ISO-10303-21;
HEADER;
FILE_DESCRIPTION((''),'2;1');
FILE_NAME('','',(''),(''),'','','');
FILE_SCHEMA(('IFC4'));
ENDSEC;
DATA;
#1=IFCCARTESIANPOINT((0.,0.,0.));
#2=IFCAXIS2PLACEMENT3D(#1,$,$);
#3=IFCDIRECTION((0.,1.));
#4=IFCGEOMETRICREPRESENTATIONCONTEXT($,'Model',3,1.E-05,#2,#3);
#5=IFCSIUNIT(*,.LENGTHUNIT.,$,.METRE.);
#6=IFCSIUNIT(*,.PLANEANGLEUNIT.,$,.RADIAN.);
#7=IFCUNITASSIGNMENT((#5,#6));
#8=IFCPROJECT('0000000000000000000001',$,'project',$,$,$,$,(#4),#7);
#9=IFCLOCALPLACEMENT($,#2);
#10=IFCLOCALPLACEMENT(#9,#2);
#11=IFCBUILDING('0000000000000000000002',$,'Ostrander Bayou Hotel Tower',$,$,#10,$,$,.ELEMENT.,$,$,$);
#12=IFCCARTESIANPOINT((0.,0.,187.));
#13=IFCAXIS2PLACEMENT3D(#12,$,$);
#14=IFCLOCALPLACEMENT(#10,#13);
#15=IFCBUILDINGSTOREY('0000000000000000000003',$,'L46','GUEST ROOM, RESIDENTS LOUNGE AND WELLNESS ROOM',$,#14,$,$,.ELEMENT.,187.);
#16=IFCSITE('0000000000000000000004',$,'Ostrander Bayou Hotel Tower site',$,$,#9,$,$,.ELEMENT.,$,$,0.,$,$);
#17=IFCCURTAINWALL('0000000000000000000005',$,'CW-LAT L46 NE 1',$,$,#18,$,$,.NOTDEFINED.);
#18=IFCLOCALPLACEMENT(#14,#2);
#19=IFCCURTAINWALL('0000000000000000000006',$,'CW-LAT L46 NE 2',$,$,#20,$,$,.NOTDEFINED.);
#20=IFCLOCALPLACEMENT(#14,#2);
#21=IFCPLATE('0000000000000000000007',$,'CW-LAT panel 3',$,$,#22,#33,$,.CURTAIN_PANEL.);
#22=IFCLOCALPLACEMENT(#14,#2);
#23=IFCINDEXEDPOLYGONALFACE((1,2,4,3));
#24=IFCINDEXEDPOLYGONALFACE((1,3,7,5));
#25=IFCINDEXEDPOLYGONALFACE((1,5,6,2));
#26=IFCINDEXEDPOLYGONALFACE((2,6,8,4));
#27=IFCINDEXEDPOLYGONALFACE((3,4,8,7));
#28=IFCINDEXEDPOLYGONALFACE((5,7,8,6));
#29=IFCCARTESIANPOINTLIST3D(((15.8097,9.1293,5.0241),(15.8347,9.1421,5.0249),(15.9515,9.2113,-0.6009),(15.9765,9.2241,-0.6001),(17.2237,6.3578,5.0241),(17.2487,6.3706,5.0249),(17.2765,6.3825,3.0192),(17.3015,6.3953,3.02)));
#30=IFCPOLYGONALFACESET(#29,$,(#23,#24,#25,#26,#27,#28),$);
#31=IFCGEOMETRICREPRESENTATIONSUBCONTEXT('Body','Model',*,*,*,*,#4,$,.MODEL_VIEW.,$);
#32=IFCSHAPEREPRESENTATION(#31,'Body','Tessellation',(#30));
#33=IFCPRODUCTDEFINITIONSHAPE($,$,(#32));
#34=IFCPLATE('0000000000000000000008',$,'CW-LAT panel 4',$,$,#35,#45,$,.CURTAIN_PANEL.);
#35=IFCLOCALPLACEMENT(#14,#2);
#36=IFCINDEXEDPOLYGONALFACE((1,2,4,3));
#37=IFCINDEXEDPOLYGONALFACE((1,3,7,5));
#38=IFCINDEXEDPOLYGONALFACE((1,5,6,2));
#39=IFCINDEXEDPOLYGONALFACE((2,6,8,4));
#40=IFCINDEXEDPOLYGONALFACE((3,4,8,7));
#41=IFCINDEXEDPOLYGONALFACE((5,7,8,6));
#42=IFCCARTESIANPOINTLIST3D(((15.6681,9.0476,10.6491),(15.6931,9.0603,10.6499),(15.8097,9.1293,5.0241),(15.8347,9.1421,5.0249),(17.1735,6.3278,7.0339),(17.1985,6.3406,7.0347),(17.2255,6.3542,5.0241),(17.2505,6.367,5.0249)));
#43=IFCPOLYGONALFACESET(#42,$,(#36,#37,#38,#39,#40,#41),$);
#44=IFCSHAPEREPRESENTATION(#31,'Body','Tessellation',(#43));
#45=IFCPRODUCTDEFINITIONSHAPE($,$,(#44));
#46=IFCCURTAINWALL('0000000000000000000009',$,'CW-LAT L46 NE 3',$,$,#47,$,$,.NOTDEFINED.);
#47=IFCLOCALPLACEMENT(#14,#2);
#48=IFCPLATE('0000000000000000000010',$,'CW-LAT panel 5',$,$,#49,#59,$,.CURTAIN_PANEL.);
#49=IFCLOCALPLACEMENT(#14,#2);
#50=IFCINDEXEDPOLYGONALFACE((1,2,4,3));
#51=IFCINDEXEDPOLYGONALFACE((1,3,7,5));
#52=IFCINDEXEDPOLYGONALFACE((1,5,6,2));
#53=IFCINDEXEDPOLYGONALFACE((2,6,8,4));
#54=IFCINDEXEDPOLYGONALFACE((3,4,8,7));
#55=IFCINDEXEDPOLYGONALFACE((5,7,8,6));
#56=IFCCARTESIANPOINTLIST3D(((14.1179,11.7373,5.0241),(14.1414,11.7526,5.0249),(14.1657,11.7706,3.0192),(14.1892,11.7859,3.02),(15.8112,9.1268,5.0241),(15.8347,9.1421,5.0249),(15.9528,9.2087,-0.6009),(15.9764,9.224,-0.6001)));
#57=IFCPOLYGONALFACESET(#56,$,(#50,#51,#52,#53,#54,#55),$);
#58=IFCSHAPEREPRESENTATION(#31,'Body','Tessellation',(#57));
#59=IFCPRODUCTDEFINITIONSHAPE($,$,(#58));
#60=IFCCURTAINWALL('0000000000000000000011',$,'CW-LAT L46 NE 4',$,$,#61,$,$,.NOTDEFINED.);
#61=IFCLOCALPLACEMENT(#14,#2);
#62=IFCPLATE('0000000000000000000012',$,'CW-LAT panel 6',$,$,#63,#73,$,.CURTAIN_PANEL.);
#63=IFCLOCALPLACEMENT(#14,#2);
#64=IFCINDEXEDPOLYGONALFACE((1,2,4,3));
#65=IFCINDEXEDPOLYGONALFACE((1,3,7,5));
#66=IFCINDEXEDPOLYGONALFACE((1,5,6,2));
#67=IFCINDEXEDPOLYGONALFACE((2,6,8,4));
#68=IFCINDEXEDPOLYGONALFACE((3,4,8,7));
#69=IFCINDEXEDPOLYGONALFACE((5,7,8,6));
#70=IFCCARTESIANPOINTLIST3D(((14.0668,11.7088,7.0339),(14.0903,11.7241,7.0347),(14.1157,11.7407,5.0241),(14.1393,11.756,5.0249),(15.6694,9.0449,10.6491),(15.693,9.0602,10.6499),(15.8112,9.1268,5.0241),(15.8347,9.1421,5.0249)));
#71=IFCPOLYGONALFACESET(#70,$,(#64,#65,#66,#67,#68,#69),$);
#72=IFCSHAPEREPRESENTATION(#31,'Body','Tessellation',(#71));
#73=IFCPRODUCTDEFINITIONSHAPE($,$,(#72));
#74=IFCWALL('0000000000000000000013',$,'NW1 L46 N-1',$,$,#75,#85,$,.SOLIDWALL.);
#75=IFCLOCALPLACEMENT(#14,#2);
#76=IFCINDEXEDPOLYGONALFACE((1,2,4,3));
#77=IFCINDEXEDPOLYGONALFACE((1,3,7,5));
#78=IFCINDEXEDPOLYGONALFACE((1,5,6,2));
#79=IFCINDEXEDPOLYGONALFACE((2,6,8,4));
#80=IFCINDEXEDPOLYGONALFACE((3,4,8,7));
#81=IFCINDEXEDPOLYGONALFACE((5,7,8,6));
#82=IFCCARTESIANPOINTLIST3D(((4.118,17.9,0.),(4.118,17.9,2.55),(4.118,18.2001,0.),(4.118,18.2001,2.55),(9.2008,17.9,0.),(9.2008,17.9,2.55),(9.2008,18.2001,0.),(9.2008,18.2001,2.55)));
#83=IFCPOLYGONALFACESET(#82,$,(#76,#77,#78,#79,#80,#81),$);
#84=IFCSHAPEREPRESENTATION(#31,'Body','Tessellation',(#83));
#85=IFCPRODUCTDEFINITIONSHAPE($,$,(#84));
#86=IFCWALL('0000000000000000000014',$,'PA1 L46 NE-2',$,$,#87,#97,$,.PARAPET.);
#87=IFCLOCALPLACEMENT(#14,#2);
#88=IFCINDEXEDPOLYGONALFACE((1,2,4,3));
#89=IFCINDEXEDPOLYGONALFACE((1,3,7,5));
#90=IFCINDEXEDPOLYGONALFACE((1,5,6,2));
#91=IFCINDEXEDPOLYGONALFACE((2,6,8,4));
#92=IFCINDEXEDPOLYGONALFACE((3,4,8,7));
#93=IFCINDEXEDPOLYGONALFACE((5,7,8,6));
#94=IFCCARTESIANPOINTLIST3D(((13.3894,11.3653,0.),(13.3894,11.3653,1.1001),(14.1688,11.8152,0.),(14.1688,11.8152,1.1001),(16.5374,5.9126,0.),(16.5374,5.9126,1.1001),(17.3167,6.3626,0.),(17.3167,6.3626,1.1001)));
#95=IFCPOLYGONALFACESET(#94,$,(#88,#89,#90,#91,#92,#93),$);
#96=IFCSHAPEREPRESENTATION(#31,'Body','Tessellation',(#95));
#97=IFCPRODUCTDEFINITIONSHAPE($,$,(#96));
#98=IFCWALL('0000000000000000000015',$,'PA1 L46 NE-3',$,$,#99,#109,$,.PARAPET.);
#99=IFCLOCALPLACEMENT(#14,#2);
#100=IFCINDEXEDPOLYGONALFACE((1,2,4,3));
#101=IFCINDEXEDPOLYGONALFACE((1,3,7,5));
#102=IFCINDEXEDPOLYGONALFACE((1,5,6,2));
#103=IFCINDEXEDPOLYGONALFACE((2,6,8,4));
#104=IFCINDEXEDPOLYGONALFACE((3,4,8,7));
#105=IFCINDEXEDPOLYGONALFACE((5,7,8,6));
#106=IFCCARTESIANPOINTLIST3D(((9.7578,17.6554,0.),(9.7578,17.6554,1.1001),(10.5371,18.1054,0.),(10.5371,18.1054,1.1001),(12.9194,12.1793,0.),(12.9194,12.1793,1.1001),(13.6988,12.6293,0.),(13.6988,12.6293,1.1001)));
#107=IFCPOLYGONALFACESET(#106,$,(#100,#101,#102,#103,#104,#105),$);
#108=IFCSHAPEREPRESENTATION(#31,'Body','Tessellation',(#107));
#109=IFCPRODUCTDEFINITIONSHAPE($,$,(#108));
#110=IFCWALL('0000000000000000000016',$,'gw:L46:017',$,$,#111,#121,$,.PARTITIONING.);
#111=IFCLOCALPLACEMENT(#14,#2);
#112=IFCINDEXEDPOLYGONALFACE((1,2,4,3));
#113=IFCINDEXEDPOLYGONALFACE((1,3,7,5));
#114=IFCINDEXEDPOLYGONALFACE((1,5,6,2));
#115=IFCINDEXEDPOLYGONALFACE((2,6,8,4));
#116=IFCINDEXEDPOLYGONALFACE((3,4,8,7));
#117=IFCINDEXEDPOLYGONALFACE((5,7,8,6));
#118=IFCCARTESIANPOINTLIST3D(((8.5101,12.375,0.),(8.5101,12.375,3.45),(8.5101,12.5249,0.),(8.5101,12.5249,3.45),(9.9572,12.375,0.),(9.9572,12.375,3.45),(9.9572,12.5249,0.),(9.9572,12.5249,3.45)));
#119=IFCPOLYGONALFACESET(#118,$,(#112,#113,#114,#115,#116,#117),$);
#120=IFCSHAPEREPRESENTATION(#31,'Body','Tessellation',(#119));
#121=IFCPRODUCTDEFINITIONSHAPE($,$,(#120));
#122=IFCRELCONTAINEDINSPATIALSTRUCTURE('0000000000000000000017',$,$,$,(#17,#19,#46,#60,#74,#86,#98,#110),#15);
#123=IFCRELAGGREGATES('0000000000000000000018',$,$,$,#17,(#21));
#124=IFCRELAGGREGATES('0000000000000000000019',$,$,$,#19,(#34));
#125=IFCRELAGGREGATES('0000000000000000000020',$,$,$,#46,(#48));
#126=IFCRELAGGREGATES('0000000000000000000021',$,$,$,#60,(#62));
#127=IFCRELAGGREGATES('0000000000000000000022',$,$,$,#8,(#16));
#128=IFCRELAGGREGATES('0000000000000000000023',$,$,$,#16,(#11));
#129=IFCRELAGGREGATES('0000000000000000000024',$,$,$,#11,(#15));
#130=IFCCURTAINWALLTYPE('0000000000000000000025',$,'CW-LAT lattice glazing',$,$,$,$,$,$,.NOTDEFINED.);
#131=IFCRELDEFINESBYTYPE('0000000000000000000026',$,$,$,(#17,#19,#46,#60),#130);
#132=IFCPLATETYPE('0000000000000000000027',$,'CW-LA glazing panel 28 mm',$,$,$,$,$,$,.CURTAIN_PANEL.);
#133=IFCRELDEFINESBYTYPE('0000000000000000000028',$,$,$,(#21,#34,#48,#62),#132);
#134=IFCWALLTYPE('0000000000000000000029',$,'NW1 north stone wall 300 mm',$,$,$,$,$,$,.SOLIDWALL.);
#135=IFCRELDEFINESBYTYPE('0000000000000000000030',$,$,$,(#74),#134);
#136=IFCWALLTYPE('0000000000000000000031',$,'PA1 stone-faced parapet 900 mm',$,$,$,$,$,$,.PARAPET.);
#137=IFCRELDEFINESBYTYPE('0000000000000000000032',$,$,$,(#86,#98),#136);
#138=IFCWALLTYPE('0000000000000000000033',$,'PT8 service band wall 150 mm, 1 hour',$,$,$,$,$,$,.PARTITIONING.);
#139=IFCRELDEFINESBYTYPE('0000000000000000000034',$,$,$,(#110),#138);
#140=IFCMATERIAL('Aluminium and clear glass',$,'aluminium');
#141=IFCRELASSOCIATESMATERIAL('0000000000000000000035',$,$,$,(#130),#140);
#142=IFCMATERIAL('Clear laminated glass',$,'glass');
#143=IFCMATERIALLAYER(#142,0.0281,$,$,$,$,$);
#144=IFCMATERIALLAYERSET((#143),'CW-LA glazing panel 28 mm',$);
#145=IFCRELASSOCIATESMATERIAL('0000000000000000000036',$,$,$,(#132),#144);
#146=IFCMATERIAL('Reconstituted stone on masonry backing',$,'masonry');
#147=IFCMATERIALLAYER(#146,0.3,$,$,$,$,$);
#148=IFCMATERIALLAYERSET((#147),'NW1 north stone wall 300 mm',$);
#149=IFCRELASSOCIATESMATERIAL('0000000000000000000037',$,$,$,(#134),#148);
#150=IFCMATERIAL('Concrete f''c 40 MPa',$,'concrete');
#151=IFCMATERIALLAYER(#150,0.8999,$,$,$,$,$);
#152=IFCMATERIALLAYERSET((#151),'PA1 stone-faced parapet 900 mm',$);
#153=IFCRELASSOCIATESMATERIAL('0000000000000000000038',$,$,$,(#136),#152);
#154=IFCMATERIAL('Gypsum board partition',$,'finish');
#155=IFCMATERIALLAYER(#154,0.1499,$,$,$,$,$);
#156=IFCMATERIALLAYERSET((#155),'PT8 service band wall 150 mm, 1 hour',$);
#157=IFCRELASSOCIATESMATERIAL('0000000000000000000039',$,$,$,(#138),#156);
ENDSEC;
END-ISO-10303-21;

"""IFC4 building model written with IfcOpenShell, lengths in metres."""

from ifc_helpers import new_model, si_unit, direction, frame, frame_2d, origin, place, context, subcontext, project, spatial, polyline, rectangle, outline, extrude, material, layer, layer_set, type_object, element, aggregate, save


model = new_model("IFC4")

# Units and contexts
model_context = context("Model", 3, precision=1e-05, world=origin(), true_north=direction((0.0, 1.0)))
body_context = subcontext(model_context, "Body", "Model", "MODEL_VIEW")
ifc_project = project(units=[si_unit("LENGTHUNIT", "METRE"), si_unit("PLANEANGLEUNIT", "RADIAN")], contexts=[model_context])

# Site, building, storey
site_placement = place(None, origin())
site = spatial("IfcSite", under=ifc_project, at=site_placement, Name="Ostrander Bayou Hotel Tower site", CompositionType="ELEMENT", RefElevation=0.0)
building_placement = place(site_placement, origin())
building = spatial("IfcBuilding", under=site, at=building_placement, Name="Ostrander Bayou Hotel Tower", CompositionType="ELEMENT")
storey_placement = place(building_placement, frame((0.0, 0.0, 187.0)))
storey = spatial("IfcBuildingStorey", under=building, at=storey_placement, Name="L46", Description="GUEST ROOM, RESIDENTS LOUNGE AND WELLNESS ROOM", CompositionType="ELEMENT", Elevation=187.0)

# Curtain walls
ifc_material_1 = material(Name="Aluminium and clear glass", Category="aluminium")
curtain_wall_type = type_object("IfcCurtainWallType", Name="CW-LAT lattice glazing", PredefinedType="NOTDEFINED", material=ifc_material_1)
curtain_wall_1_placement = place(storey_placement, origin())
curtain_wall_1 = element("IfcCurtainWall", 1, at=curtain_wall_1_placement, inside=storey, type_object=curtain_wall_type, Name="CW-LAT L46 NE 1", PredefinedType="NOTDEFINED")
curtain_wall_2_placement = place(storey_placement, origin())
curtain_wall_2 = element("IfcCurtainWall", 2, at=curtain_wall_2_placement, inside=storey, type_object=curtain_wall_type, Name="CW-LAT L46 NE 2", PredefinedType="NOTDEFINED")

# Plates
ifc_material_2 = material(Name="Clear laminated glass", Category="glass")
ifc_layer_1 = layer(ifc_material_2, 0.0281)
ifc_layer_set_1 = layer_set([ifc_layer_1], Name="CW-LA glazing panel 28 mm")
plate_type = type_object("IfcPlateType", Name="CW-LA glazing panel 28 mm", PredefinedType="CURTAIN_PANEL", material=ifc_layer_set_1)
plate_1_placement = place(storey_placement, frame((17.3015, 6.3953, 3.02), z_axis=(0.890396, 0.454259, 0.029059), x_axis=(-0.277116, 0.59161, -0.757103)))
plate_1 = element("IfcPlate", 3, at=plate_1_placement, type_object=plate_type, Name="CW-LAT panel 3", PredefinedType="CURTAIN_PANEL", context=body_context, shape_type="SweptSolid", body=[
    extrude(outline(polyline([(0.0, 0.0), (4.7815, 0.0), (0.5136, 3.6677), (-1.5179, 1.3111), (0.0, 0.0)])), origin(), (0.0, 0.0, -1.0), 0.0281),
])
aggregate(curtain_wall_1, [plate_1])
plate_2_placement = place(storey_placement, frame((17.1985, 6.3406, 7.0347), z_axis=(0.890398, 0.454257, 0.029014), x_axis=(-0.315724, 0.570426, 0.758243)))
plate_2 = element("IfcPlate", 4, at=plate_2_placement, type_object=plate_type, Name="CW-LAT panel 4", PredefinedType="CURTAIN_PANEL", context=body_context, shape_type="SweptSolid", body=[
    extrude(outline(polyline([(0.0, 0.0), (4.7679, 0.0), (0.5047, -3.6732), (-1.5253, -1.31), (0.0, 0.0)])), origin(), (0.0, 0.0, -1.0), 0.0281),
])
aggregate(curtain_wall_2, [plate_2])

# Curtain walls, plates
curtain_wall_3_placement = place(storey_placement, origin())
curtain_wall_3 = element("IfcCurtainWall", 5, at=curtain_wall_3_placement, inside=storey, type_object=curtain_wall_type, Name="CW-LAT L46 NE 3", PredefinedType="NOTDEFINED")
plate_3_placement = place(storey_placement, frame((14.1892, 11.7859, 3.02), z_axis=(0.838602, 0.543969, 0.029038), x_axis=(0.373767, -0.535796, -0.757114)))
plate_3 = element("IfcPlate", 6, at=plate_3_placement, type_object=plate_type, Name="CW-LAT panel 5", PredefinedType="CURTAIN_PANEL", context=body_context, shape_type="SweptSolid", body=[
    extrude(outline(polyline([(0.0, 0.0), (4.7815, 0.0), (0.5136, -3.6678), (-1.5179, -1.311), (0.0, 0.0)])), origin(), (0.0, 0.0, -1.0), 0.0281),
])
aggregate(curtain_wall_3, [plate_3])
curtain_wall_4_placement = place(storey_placement, origin())
curtain_wall_4 = element("IfcCurtainWall", 7, at=curtain_wall_4_placement, inside=storey, type_object=curtain_wall_type, Name="CW-LAT L46 NE 4", PredefinedType="NOTDEFINED")
plate_4_placement = place(storey_placement, frame((14.0903, 11.7241, 7.0347), z_axis=(0.838617, 0.543947, 0.02905), x_axis=(0.336118, -0.558694, 0.758212)))
plate_4 = element("IfcPlate", 8, at=plate_4_placement, type_object=plate_type, Name="CW-LAT panel 6", PredefinedType="CURTAIN_PANEL", context=body_context, shape_type="SweptSolid", body=[
    extrude(outline(polyline([(0.0, 0.0), (4.7681, 0.0), (0.5051, 3.6734), (-1.5252, 1.3101), (0.0, 0.0)])), origin(), (0.0, 0.0, -1.0), 0.0281),
])
aggregate(curtain_wall_4, [plate_4])

# Walls
ifc_material_3 = material(Name="Reconstituted stone on masonry backing", Category="masonry")
ifc_layer_2 = layer(ifc_material_3, 0.3)
ifc_layer_set_2 = layer_set([ifc_layer_2], Name="NW1 north stone wall 300 mm")
wall_type_1 = type_object("IfcWallType", Name="NW1 north stone wall 300 mm", PredefinedType="SOLIDWALL", material=ifc_layer_set_2)
wall_1_placement = place(storey_placement, frame((9.2009, 18.05, 0.0), z_axis=(0.0, 0.0, 1.0), x_axis=(-1.0, 0.0, 0.0)))
element("IfcWall", 9, at=wall_1_placement, inside=storey, type_object=wall_type_1, Name="NW1 L46 N-1", PredefinedType="SOLIDWALL", context=body_context, shape_type="SweptSolid", body=[
    extrude(rectangle(XDim=5.0828, YDim=0.3, at=frame_2d((2.5415, 0.0))), origin(), (0.0, 0.0, 1.0), 2.55),
])
ifc_material_4 = material(Name="Concrete f'c 40 MPa", Category="concrete")
ifc_layer_3 = layer(ifc_material_4, 0.8999)
ifc_layer_set_3 = layer_set([ifc_layer_3], Name="PA1 stone-faced parapet 900 mm")
wall_type_2 = type_object("IfcWallType", Name="PA1 stone-faced parapet 900 mm", PredefinedType="PARAPET", material=ifc_layer_set_3)
wall_2_placement = place(storey_placement, frame((16.927, 6.1377, 0.0), z_axis=(0.0, 0.0, 1.0), x_axis=(-0.499984, 0.866034, 0.0)))
element("IfcWall", 10, at=wall_2_placement, inside=storey, type_object=wall_type_2, Name="PA1 L46 NE-2", PredefinedType="PARAPET", context=body_context, shape_type="SweptSolid", body=[
    extrude(rectangle(XDim=6.2961, YDim=0.8999, at=frame_2d((3.1479, 0.0))), origin(), (0.0, 0.0, 1.0), 1.1001),
])
wall_3_placement = place(storey_placement, frame((13.3091, 12.4043, 0.0), z_axis=(0.0, 0.0, 1.0), x_axis=(-0.500001, 0.866025, 0.0)))
element("IfcWall", 11, at=wall_3_placement, inside=storey, type_object=wall_type_2, Name="PA1 L46 NE-3", PredefinedType="PARAPET", context=body_context, shape_type="SweptSolid", body=[
    extrude(rectangle(XDim=6.3232, YDim=0.8999, at=frame_2d((3.1616, 0.0))), origin(), (0.0, 0.0, 1.0), 1.1001),
])
ifc_material_5 = material(Name="Gypsum board partition", Category="finish")
ifc_layer_4 = layer(ifc_material_5, 0.1499)
ifc_layer_set_4 = layer_set([ifc_layer_4], Name="PT8 service band wall 150 mm, 1 hour")
wall_type_3 = type_object("IfcWallType", Name="PT8 service band wall 150 mm, 1 hour", PredefinedType="PARTITIONING", material=ifc_layer_set_4)
wall_4_placement = place(storey_placement, frame((8.51, 12.45, 0.0), z_axis=(0.0, 0.0, 1.0), x_axis=(1.0, 0.0, 0.0)))
element("IfcWall", 12, at=wall_4_placement, inside=storey, type_object=wall_type_3, Name="gw:L46:017", PredefinedType="PARTITIONING", context=body_context, shape_type="SweptSolid", body=[
    extrude(rectangle(XDim=1.447, YDim=0.1499, at=frame_2d((0.7236, 0.0))), origin(), (0.0, 0.0, 1.0), 3.45),
])

save(model, "model.ifc")
